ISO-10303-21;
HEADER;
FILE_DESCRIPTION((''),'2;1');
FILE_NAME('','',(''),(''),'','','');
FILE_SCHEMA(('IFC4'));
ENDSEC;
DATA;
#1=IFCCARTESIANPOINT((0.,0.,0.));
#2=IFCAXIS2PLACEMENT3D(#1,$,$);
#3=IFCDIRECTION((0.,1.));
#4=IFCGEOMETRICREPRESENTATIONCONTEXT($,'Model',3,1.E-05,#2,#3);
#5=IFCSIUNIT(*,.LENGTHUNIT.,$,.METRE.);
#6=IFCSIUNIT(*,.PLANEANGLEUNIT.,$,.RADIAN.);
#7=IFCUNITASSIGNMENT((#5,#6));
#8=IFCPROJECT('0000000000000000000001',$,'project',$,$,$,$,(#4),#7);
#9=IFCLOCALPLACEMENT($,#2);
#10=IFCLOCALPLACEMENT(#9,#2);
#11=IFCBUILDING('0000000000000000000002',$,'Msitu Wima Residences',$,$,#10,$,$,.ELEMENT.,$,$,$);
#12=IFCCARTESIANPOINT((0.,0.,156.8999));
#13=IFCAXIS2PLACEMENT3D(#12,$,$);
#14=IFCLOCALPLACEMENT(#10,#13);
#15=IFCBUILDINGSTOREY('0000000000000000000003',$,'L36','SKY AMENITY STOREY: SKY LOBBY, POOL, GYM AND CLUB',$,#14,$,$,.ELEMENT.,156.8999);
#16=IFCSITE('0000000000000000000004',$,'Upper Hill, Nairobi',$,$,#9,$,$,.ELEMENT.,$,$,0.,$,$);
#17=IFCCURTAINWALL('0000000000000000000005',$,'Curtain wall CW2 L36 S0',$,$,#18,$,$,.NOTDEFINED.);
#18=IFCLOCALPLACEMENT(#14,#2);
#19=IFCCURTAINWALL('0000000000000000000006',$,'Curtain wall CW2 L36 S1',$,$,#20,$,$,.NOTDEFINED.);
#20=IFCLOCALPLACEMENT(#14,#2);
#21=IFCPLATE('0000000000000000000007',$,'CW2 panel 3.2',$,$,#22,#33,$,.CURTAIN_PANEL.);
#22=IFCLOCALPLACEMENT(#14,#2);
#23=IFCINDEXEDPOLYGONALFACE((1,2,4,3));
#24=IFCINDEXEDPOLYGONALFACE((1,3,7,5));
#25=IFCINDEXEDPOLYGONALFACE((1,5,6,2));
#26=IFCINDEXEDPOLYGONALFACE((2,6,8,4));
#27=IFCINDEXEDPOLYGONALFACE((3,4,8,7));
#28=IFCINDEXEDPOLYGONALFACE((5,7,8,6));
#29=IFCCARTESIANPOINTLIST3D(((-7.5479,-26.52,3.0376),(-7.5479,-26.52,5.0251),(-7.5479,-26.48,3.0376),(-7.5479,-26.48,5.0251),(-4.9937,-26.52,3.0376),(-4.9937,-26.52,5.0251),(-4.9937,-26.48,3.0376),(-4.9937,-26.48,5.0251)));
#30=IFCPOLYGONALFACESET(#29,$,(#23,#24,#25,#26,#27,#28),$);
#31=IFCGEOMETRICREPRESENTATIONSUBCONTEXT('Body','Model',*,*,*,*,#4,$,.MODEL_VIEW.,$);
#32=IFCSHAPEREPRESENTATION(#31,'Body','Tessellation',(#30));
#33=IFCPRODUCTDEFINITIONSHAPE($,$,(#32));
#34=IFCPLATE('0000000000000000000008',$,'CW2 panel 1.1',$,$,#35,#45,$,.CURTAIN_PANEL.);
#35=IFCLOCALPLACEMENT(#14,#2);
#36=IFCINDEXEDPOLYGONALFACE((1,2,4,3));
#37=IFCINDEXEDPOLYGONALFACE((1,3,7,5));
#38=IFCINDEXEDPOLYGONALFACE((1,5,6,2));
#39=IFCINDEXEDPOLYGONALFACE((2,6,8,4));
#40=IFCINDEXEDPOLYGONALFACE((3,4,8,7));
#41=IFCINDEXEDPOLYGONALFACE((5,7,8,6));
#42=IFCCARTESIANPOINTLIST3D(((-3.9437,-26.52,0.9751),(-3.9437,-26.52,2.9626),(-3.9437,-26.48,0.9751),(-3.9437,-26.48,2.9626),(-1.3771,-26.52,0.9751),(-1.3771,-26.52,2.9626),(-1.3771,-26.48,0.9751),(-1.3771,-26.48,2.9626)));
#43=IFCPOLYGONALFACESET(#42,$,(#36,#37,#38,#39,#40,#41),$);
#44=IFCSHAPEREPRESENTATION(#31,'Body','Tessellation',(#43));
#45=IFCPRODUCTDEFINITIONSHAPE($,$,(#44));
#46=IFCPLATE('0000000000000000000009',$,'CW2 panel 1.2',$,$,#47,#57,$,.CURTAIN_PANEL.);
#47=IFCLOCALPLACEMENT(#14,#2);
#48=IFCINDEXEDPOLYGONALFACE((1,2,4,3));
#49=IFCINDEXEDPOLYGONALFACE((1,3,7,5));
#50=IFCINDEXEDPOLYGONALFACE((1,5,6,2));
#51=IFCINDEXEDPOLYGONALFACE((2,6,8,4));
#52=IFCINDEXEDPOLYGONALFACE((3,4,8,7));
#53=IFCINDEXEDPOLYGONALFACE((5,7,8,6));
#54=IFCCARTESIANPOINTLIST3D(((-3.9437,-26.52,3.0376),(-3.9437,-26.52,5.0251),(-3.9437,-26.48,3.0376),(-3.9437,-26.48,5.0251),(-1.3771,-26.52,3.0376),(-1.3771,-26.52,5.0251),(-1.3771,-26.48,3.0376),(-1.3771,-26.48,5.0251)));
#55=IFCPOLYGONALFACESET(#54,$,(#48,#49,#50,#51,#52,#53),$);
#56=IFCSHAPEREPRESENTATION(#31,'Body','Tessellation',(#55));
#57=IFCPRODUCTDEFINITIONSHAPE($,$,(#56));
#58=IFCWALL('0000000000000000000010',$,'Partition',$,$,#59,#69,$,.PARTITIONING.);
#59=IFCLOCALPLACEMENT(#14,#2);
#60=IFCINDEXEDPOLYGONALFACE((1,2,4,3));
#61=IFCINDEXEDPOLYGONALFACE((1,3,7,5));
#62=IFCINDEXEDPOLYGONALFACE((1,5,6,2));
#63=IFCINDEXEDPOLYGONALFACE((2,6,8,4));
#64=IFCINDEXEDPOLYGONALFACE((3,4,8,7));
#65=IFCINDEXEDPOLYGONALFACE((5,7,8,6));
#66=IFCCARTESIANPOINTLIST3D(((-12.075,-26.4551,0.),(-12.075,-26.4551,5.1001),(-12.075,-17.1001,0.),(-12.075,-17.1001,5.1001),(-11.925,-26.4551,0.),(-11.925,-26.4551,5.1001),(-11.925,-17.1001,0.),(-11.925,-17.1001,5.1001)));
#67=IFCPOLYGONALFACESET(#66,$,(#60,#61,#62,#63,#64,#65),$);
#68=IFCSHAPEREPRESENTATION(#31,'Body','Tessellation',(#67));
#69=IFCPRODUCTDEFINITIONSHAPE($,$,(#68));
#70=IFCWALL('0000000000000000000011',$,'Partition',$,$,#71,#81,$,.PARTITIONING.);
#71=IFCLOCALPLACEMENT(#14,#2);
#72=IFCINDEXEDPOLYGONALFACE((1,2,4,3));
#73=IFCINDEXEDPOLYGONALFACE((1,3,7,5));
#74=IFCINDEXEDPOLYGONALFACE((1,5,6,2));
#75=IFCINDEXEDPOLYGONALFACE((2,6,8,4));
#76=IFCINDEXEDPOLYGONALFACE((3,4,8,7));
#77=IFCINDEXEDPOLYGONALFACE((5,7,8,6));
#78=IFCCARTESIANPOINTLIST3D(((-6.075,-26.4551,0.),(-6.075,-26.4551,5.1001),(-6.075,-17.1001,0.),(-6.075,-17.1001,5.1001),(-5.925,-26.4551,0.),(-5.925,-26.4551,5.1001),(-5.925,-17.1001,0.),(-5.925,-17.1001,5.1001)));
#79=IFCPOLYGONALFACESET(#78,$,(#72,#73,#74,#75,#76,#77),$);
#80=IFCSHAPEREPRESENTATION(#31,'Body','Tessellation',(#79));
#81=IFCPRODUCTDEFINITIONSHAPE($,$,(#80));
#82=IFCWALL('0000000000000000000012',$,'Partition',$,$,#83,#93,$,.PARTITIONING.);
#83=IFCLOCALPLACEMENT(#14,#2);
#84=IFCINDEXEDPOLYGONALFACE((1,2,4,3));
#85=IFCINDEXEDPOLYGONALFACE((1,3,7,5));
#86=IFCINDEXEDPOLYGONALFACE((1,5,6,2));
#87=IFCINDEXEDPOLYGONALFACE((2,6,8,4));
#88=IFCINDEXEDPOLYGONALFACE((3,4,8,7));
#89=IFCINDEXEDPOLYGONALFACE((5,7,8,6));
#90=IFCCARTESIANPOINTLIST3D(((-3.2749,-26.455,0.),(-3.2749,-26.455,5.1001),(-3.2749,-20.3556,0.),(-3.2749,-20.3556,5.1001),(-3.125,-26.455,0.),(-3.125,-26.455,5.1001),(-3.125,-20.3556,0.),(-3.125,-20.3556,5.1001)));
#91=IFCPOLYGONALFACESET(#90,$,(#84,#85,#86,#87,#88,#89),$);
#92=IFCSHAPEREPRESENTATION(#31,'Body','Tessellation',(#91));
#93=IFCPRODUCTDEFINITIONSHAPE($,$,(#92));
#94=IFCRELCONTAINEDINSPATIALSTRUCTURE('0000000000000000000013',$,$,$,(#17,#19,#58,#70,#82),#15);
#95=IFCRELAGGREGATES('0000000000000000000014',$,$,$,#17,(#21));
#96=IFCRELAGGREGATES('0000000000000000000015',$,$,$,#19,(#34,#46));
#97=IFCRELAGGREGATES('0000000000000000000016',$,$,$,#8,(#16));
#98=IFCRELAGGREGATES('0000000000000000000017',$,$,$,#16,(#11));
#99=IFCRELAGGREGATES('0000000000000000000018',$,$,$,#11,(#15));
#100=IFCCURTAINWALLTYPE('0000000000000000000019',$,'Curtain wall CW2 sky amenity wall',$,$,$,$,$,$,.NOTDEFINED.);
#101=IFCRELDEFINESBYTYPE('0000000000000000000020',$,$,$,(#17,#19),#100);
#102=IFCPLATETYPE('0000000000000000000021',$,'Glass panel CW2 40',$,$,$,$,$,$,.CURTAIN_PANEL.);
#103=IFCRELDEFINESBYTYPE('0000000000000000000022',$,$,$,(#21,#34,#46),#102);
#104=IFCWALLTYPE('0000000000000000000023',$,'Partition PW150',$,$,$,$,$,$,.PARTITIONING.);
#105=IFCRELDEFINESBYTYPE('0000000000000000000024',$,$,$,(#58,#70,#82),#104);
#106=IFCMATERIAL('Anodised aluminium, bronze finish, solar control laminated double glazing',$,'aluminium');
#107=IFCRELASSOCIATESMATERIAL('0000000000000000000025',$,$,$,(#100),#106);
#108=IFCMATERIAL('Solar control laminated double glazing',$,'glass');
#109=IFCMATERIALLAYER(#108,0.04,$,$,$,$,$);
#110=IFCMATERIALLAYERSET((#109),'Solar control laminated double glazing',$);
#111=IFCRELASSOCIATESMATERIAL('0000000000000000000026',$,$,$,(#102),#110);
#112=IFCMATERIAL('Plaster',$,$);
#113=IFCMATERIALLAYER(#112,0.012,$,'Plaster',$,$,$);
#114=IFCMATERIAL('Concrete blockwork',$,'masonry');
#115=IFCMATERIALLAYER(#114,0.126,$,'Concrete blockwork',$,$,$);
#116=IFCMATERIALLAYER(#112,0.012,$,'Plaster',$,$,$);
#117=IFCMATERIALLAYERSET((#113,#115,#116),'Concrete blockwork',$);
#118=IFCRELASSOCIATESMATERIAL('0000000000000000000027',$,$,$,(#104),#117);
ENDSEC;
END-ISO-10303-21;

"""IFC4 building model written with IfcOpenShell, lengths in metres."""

from ifc_helpers import new_model, si_unit, direction, frame, frame_2d, origin, origin_2d, place, context, subcontext, project, spatial, rectangle, extrude, material, layer, layer_set, type_object, element, aggregate, save


model = new_model("IFC4")

# Units and contexts
model_context = context("Model", 3, precision=1e-05, world=origin(), true_north=direction((0.0, 1.0)))
body_context = subcontext(model_context, "Body", "Model", "MODEL_VIEW")
ifc_project = project(units=[si_unit("LENGTHUNIT", "METRE"), si_unit("PLANEANGLEUNIT", "RADIAN")], contexts=[model_context])

# Site, building, storey
site_placement = place(None, origin())
site = spatial("IfcSite", under=ifc_project, at=site_placement, Name="Upper Hill, Nairobi", CompositionType="ELEMENT", RefElevation=0.0)
building_placement = place(site_placement, origin())
building = spatial("IfcBuilding", under=site, at=building_placement, Name="Msitu Wima Residences", CompositionType="ELEMENT")
storey_placement = place(building_placement, frame((0.0, 0.0, 156.8999)))
storey = spatial("IfcBuildingStorey", under=building, at=storey_placement, Name="L36", Description="SKY AMENITY STOREY: SKY LOBBY, POOL, GYM AND CLUB", CompositionType="ELEMENT", Elevation=156.8999)

# Curtain walls
ifc_material_1 = material(Name="Anodised aluminium, bronze finish, solar control laminated double glazing", Category="aluminium")
curtain_wall_type = type_object("IfcCurtainWallType", Name="Curtain wall CW2 sky amenity wall", PredefinedType="NOTDEFINED", material=ifc_material_1)
curtain_wall_1_placement = place(storey_placement, origin())
curtain_wall_1 = element("IfcCurtainWall", 1, at=curtain_wall_1_placement, inside=storey, type_object=curtain_wall_type, Name="Curtain wall CW2 L36 S0", PredefinedType="NOTDEFINED")
curtain_wall_2_placement = place(storey_placement, origin())
curtain_wall_2 = element("IfcCurtainWall", 2, at=curtain_wall_2_placement, inside=storey, type_object=curtain_wall_type, Name="Curtain wall CW2 L36 S1", PredefinedType="NOTDEFINED")

# Plates
ifc_material_2 = material(Name="Solar control laminated double glazing", Category="glass")
ifc_layer_1 = layer(ifc_material_2, 0.04)
ifc_layer_set_1 = layer_set([ifc_layer_1], Name="Solar control laminated double glazing")
plate_type = type_object("IfcPlateType", Name="Glass panel CW2 40", PredefinedType="CURTAIN_PANEL", material=ifc_layer_set_1)
plate_1_placement = place(storey_placement, frame((-6.2708, -26.5, 3.0376), z_axis=(0.0, 0.0, 1.0), x_axis=(1.0, 0.0, 0.0)))
plate_1 = element("IfcPlate", 3, at=plate_1_placement, type_object=plate_type, Name="CW2 panel 3.2", PredefinedType="CURTAIN_PANEL", context=body_context, shape_type="SweptSolid", body=[
    extrude(rectangle(XDim=2.5542, YDim=0.04, at=origin_2d()), origin(), (0.0, 0.0, 1.0), 1.9875),
])
aggregate(curtain_wall_1, [plate_1])
plate_2_placement = place(storey_placement, frame((-2.6604, -26.5, 0.9751), z_axis=(0.0, 0.0, 1.0), x_axis=(1.0, 0.0, 0.0)))
plate_2 = element("IfcPlate", 4, at=plate_2_placement, type_object=plate_type, Name="CW2 panel 1.1", PredefinedType="CURTAIN_PANEL", context=body_context, shape_type="SweptSolid", body=[
    extrude(rectangle(XDim=2.5667, YDim=0.04, at=origin_2d()), origin(), (0.0, 0.0, 1.0), 1.9875),
])
plate_3_placement = place(storey_placement, frame((-2.6604, -26.5, 3.0376), z_axis=(0.0, 0.0, 1.0), x_axis=(1.0, 0.0, 0.0)))
plate_3 = element("IfcPlate", 5, at=plate_3_placement, type_object=plate_type, Name="CW2 panel 1.2", PredefinedType="CURTAIN_PANEL", context=body_context, shape_type="SweptSolid", body=[
    extrude(rectangle(XDim=2.5667, YDim=0.04, at=origin_2d()), origin(), (0.0, 0.0, 1.0), 1.9875),
])
aggregate(curtain_wall_2, [plate_2, plate_3])

# Walls
ifc_material_3 = material(Name="Plaster")
ifc_layer_2 = layer(ifc_material_3, 0.012, Name="Plaster")
ifc_material_4 = material(Name="Concrete blockwork", Category="masonry")
ifc_layer_3 = layer(ifc_material_4, 0.126, Name="Concrete blockwork")
ifc_layer_4 = layer(ifc_material_3, 0.012, Name="Plaster")
ifc_layer_set_2 = layer_set([ifc_layer_2, ifc_layer_3, ifc_layer_4], Name="Concrete blockwork")
wall_type = type_object("IfcWallType", Name="Partition PW150", PredefinedType="PARTITIONING", material=ifc_layer_set_2)
for number, where, z_axis, x_axis, name in (
    (6, (-12.0, -26.4551, 0.0), (0.0, 0.0, 1.0), (0.0, 1.0, 0.0), "Partition"),
    (7, (-6.0, -26.4551, 0.0), (0.0, 0.0, 1.0), (0.0, 1.0, 0.0), "Partition"),
):
    element("IfcWall", number, at=place(storey_placement, frame(where, z_axis=z_axis, x_axis=x_axis)), inside=storey, type_object=wall_type, Name=name, PredefinedType="PARTITIONING", context=body_context, shape_type="SweptSolid", body=[
        extrude(rectangle(XDim=9.355, YDim=0.1499, at=frame_2d((4.6775, 0.0))), origin(), (0.0, 0.0, 1.0), 5.1001),
    ])
wall_placement = place(storey_placement, frame((-3.2, -26.4551, 0.0), z_axis=(0.0, 0.0, 1.0), x_axis=(0.0, 1.0, 0.0)))
element("IfcWall", 8, at=wall_placement, inside=storey, type_object=wall_type, Name="Partition", PredefinedType="PARTITIONING", context=body_context, shape_type="SweptSolid", body=[
    extrude(rectangle(XDim=6.0994, YDim=0.1499, at=frame_2d((3.0498, 0.0))), origin(), (0.0, 0.0, 1.0), 5.1001),
])

save(model, "model.ifc")
